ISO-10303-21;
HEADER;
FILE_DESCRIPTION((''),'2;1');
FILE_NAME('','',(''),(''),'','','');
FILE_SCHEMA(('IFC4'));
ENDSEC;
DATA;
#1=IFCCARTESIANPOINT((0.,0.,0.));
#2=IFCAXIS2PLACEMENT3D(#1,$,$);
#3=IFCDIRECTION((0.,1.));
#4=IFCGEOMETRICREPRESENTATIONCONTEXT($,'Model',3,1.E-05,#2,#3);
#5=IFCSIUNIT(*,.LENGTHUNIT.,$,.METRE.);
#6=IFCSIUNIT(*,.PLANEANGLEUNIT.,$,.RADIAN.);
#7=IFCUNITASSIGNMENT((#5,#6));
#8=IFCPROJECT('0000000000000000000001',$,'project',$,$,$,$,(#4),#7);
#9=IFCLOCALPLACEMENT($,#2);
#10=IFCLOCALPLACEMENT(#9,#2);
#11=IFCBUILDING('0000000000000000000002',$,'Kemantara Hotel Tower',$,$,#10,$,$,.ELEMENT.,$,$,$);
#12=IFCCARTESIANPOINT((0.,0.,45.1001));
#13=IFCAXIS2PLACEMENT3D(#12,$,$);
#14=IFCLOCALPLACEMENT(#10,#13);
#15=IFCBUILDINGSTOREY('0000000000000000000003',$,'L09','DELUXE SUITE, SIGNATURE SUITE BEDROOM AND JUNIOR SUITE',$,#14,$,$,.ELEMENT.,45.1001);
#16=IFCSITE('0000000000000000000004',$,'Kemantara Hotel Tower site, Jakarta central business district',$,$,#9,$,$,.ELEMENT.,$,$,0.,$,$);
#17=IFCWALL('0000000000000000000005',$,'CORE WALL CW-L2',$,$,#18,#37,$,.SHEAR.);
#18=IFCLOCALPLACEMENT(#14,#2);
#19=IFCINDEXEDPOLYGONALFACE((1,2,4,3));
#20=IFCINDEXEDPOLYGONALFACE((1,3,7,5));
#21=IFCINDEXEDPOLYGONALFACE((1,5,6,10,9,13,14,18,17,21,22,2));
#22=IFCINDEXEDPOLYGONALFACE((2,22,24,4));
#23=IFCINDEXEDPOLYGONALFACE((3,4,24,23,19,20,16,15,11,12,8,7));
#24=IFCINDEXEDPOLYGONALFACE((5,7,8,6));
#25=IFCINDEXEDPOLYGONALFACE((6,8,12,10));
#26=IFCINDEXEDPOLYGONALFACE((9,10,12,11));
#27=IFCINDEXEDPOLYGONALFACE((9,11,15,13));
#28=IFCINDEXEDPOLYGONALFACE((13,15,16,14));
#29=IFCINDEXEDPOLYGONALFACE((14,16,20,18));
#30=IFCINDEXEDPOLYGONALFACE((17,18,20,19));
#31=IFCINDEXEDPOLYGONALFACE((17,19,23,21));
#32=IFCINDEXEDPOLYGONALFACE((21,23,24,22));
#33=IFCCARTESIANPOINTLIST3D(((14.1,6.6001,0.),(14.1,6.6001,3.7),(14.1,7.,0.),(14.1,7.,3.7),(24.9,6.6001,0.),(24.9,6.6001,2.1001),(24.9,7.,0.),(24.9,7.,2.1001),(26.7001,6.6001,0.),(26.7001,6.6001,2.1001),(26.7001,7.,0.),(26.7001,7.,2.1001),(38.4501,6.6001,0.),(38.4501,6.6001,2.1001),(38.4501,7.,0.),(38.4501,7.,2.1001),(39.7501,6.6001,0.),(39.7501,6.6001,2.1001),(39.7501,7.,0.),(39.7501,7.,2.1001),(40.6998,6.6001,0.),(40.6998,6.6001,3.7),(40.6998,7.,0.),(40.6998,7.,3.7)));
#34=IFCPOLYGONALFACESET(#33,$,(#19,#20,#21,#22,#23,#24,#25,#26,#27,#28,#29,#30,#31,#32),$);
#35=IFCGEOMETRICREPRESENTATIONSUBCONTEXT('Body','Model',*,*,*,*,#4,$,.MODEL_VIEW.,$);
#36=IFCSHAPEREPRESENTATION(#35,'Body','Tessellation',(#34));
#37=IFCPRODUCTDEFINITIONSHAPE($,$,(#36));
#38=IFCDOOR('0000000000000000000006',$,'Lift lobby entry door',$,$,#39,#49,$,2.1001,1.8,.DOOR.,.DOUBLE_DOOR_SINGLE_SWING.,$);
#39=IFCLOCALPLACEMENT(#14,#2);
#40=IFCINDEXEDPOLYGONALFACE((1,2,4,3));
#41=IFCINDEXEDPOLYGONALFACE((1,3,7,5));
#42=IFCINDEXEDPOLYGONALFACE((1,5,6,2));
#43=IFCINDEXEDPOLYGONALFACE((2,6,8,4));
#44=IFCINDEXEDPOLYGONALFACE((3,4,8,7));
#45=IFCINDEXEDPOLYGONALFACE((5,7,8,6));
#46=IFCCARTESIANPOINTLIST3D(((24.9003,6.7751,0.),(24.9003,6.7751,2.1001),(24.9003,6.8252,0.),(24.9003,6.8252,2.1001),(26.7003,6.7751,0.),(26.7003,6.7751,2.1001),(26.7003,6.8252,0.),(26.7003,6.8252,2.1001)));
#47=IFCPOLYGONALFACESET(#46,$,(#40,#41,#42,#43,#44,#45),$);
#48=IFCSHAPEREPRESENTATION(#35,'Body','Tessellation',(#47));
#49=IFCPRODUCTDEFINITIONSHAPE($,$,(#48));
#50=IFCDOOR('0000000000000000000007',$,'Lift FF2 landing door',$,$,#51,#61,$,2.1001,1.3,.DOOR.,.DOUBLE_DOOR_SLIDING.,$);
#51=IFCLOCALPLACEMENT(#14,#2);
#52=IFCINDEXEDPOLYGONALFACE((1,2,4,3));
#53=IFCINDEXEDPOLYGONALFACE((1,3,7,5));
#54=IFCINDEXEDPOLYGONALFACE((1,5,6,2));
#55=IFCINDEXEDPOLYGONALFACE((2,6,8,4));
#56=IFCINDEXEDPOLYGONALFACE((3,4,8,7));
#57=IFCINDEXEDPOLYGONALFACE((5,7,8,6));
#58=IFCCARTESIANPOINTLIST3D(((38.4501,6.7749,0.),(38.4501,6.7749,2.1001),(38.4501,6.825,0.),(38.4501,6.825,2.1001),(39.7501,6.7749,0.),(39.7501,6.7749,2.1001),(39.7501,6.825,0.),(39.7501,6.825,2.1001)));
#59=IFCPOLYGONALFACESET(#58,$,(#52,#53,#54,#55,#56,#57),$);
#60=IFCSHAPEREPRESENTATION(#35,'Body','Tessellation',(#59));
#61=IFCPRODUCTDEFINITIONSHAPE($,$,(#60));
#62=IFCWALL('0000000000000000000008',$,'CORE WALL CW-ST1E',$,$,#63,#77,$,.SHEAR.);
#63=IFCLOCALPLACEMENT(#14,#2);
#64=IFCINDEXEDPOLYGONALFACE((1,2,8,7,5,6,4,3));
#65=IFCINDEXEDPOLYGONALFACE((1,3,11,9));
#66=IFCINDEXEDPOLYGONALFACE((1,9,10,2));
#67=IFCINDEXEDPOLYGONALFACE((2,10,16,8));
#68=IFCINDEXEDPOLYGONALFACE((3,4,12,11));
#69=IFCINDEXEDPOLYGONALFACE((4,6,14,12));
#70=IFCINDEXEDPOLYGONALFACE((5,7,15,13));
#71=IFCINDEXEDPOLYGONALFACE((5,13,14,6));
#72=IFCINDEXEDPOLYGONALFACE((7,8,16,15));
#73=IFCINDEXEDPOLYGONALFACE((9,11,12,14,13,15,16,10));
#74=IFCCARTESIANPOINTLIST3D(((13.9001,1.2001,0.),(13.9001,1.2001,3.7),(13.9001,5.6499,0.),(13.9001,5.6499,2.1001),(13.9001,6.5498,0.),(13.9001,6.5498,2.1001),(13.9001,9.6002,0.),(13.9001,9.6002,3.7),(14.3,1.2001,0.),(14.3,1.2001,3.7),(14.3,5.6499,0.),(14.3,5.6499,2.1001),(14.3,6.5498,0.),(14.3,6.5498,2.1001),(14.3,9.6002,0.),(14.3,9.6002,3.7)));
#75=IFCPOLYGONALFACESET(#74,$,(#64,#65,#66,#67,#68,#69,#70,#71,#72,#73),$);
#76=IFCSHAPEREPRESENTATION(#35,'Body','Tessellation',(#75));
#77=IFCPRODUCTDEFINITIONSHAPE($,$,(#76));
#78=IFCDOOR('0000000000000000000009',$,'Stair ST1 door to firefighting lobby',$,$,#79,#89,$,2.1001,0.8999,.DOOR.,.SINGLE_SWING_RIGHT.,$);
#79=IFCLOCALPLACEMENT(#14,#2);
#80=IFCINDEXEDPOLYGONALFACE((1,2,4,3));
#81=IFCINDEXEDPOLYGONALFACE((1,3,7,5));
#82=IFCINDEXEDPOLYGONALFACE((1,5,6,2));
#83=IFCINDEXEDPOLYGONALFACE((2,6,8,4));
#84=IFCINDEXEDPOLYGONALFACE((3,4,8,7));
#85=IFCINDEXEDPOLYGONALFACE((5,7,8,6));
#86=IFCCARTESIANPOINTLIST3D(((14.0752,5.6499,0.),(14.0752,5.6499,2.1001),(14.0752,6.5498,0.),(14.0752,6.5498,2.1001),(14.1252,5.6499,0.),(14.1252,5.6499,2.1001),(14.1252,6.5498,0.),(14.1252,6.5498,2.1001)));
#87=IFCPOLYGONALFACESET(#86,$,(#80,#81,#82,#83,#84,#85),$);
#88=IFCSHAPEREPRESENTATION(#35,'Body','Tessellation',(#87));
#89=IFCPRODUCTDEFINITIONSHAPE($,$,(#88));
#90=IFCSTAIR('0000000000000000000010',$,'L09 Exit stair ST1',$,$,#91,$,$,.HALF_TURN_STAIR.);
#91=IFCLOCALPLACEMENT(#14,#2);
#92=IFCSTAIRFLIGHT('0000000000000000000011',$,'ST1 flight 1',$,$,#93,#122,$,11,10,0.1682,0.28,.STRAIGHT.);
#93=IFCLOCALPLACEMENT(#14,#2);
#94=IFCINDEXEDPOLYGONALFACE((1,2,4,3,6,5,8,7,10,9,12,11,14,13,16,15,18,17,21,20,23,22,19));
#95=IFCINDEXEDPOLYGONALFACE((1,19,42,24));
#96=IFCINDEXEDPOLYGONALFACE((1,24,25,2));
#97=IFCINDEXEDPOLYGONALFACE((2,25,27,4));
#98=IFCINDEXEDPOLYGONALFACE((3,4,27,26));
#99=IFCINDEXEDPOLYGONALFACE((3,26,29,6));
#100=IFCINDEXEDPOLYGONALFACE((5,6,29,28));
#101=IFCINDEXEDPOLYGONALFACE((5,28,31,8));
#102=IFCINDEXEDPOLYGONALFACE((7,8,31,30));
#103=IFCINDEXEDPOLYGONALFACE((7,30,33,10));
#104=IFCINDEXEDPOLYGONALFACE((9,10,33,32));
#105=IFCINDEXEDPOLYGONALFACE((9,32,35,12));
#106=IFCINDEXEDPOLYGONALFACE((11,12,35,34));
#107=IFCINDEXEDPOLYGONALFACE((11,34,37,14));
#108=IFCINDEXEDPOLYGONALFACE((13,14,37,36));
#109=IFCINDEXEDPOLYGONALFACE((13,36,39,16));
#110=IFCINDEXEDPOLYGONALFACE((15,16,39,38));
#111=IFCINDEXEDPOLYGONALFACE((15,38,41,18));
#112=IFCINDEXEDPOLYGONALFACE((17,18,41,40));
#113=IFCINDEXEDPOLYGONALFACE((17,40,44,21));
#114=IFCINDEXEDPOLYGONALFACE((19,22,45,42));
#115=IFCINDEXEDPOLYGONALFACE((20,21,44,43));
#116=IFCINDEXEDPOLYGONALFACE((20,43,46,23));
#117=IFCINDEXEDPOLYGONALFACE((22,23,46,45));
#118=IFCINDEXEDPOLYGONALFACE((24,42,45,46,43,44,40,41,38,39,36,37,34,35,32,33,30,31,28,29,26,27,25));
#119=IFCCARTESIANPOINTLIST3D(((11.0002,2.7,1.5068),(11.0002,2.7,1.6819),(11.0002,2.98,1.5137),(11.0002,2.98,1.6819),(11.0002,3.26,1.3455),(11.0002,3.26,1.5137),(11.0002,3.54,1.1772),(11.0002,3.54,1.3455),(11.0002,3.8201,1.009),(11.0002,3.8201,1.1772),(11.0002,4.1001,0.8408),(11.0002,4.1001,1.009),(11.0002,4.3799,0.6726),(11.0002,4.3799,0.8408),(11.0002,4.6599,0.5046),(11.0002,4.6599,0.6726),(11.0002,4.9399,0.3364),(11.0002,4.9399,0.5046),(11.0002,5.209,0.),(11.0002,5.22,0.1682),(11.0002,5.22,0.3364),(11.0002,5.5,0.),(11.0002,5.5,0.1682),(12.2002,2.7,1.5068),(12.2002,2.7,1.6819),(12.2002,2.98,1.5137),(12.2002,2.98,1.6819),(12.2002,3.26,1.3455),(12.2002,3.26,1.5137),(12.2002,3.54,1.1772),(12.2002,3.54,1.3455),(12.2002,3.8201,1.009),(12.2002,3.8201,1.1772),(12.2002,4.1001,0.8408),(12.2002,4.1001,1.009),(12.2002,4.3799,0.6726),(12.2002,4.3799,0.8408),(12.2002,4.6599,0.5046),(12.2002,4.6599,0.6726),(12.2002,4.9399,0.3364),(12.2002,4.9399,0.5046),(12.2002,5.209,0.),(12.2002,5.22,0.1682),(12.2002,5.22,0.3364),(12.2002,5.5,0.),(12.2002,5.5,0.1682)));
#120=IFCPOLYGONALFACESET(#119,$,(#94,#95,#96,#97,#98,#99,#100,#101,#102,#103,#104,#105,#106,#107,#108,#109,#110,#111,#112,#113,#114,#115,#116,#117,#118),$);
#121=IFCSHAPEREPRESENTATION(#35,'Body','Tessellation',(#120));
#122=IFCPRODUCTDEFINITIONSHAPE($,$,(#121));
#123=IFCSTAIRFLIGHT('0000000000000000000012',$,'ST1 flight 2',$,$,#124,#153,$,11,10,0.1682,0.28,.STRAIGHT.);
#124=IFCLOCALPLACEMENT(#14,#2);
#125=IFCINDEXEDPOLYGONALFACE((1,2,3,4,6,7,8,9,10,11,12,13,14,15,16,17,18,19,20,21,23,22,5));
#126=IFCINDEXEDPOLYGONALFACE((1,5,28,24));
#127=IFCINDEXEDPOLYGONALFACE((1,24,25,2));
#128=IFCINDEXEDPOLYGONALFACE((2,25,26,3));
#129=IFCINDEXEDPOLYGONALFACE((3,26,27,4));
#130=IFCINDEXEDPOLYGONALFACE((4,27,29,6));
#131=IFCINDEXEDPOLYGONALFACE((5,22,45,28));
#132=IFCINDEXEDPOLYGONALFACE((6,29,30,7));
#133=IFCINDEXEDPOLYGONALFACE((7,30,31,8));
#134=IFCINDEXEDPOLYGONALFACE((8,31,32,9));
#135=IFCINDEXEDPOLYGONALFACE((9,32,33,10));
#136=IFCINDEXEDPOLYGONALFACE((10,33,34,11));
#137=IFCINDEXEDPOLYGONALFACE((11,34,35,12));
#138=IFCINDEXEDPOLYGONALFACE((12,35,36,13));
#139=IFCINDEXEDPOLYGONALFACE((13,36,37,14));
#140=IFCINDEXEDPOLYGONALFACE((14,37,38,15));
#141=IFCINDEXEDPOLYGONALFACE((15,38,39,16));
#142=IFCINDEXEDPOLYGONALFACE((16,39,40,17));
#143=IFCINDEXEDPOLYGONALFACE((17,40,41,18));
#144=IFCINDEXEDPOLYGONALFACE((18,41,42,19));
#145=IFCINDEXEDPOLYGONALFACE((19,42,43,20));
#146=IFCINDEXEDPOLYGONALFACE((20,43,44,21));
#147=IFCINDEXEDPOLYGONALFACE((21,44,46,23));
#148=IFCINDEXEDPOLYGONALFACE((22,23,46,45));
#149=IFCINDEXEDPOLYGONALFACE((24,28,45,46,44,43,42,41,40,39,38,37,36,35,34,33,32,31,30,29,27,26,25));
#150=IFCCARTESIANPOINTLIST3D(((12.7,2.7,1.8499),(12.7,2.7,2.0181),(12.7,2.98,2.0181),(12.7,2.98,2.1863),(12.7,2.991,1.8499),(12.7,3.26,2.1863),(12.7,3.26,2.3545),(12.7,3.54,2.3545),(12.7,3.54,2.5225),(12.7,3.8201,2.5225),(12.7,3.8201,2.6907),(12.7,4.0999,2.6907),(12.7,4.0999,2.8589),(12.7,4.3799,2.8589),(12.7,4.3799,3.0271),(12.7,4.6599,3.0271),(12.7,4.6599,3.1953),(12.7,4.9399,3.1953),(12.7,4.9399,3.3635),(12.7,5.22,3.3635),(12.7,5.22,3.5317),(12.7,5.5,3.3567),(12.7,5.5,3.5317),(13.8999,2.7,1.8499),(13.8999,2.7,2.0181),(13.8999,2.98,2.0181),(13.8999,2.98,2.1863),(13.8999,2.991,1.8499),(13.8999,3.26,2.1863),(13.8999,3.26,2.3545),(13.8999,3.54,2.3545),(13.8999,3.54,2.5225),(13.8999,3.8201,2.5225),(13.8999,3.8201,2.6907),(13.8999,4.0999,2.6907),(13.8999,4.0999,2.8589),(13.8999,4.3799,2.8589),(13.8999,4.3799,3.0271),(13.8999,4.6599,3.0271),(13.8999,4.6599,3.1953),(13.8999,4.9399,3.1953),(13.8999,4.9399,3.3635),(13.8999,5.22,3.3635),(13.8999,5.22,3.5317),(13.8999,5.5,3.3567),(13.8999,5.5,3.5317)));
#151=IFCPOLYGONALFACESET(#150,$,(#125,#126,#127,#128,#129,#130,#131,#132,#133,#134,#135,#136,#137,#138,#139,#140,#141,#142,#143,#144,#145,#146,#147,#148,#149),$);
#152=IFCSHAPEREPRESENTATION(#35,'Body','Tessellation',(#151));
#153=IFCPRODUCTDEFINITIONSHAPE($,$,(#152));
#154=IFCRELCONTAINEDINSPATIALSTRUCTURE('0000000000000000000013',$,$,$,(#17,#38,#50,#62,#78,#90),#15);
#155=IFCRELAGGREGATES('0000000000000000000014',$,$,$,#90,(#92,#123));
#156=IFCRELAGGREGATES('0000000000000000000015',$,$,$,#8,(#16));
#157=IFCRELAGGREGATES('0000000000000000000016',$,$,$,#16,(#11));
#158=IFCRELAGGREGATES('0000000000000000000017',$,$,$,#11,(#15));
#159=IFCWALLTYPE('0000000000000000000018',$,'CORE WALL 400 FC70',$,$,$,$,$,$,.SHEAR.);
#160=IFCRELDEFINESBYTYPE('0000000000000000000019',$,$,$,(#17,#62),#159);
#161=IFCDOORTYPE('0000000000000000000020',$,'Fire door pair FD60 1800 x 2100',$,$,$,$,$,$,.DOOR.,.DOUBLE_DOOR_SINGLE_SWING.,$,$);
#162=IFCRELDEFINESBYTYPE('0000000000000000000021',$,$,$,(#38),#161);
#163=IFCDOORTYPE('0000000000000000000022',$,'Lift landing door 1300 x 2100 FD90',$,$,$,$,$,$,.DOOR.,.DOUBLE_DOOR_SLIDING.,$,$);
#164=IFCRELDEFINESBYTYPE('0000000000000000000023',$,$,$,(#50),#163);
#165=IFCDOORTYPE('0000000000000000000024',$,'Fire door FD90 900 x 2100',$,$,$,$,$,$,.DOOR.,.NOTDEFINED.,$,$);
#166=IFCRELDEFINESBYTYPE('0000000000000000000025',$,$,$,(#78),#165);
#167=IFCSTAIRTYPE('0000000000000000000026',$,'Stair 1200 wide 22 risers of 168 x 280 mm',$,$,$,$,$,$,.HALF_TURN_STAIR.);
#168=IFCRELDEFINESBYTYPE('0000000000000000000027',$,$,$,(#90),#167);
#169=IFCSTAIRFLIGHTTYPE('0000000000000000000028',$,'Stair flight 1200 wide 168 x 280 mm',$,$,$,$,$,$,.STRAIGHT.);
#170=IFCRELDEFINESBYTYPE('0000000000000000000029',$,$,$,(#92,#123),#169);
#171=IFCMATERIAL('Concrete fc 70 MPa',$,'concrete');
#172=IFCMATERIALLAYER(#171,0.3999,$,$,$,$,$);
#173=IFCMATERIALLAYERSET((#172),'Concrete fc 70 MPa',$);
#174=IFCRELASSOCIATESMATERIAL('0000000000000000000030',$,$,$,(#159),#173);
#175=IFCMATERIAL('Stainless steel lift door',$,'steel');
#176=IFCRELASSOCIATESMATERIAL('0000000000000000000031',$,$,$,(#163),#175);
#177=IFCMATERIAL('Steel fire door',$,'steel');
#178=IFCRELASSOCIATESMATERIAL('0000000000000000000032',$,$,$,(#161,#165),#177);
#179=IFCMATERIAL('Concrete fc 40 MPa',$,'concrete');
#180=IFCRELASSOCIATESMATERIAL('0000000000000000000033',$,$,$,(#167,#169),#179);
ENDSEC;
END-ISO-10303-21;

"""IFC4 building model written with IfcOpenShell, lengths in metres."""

from ifc_helpers import new_model, si_unit, direction, frame, frame_2d, origin, place, context, subcontext, project, spatial, polyline, rectangle, outline, extrude, material, layer, layer_set, type_object, element, fill, aggregate, save


model = new_model("IFC4")

# Units and contexts
model_context = context("Model", 3, precision=1e-05, world=origin(), true_north=direction((0.0, 1.0)))
body_context = subcontext(model_context, "Body", "Model", "MODEL_VIEW")
ifc_project = project(units=[si_unit("LENGTHUNIT", "METRE"), si_unit("PLANEANGLEUNIT", "RADIAN")], contexts=[model_context])

# Site, building, storey
site_placement = place(None, origin())
site = spatial("IfcSite", under=ifc_project, at=site_placement, Name="Kemantara Hotel Tower site, Jakarta central business district", CompositionType="ELEMENT", RefElevation=0.0)
building_placement = place(site_placement, origin())
building = spatial("IfcBuilding", under=site, at=building_placement, Name="Kemantara Hotel Tower", CompositionType="ELEMENT")
storey_placement = place(building_placement, frame((0.0, 0.0, 45.1001)))
storey = spatial("IfcBuildingStorey", under=building, at=storey_placement, Name="L09", Description="DELUXE SUITE, SIGNATURE SUITE BEDROOM AND JUNIOR SUITE", CompositionType="ELEMENT", Elevation=45.1001)

# Shared definitions
ifc_material_1 = material(Name="Concrete fc 70 MPa", Category="concrete")

# Shared definitions
ifc_layer_1 = layer(ifc_material_1, 0.3999)
ifc_layer_set_1 = layer_set([ifc_layer_1], Name="Concrete fc 70 MPa")
wall_type_1 = type_object("IfcWallType", Name="CORE WALL 400 FC70", PredefinedType="SHEAR", material=ifc_layer_set_1)
ifc_material_2 = material(Name="Steel fire door", Category="steel")

# Wall, openings, doors
ifc_material_3 = material(Name="Stainless steel lift door", Category="steel")
door_type_1 = type_object("IfcDoorType", Name="Lift landing door 1300 x 2100 FD90", OperationType="DOUBLE_DOOR_SLIDING", PredefinedType="DOOR", material=ifc_material_3)
wall_1_placement = place(storey_placement, frame((14.1001, 6.8, 0.0), z_axis=(0.0, 0.0, 1.0), x_axis=(1.0, 0.0, 0.0)))
wall_1 = element("IfcWall", 1, at=wall_1_placement, inside=storey, type_object=wall_type_1, Name="CORE WALL CW-L2", PredefinedType="SHEAR", context=body_context, shape_type="SweptSolid", body=[
    extrude(rectangle(XDim=26.5999, YDim=0.3999, at=frame_2d((13.2998, 0.0))), origin(), (0.0, 0.0, 1.0), 3.7),
])
opening_1_placement = place(wall_1_placement, frame((10.8, 0.0, 0.0)))
opening_1 = element("IfcOpeningElement", 2, at=opening_1_placement, cuts=wall_1, PredefinedType="OPENING", context=body_context, shape_type="SweptSolid", body=[
    extrude(rectangle(XDim=1.8, YDim=2.1001, at=frame_2d((0.8999, 1.05))), frame((0.0, 0.21, 0.0), z_axis=(0.0, -1.0, 0.0), x_axis=(1.0, 0.0, 0.0)), (0.0, 0.0, 1.0), 0.4199),
])
opening_2_placement = place(wall_1_placement, frame((24.3501, 0.0, 0.0)))
opening_2 = element("IfcOpeningElement", 3, at=opening_2_placement, cuts=wall_1, PredefinedType="OPENING", context=body_context, shape_type="SweptSolid", body=[
    extrude(rectangle(XDim=1.3, YDim=2.1001, at=frame_2d((0.6499, 1.05))), frame((0.0, 0.21, 0.0), z_axis=(0.0, -1.0, 0.0), x_axis=(1.0, 0.0, 0.0)), (0.0, 0.0, 1.0), 0.4199),
])
door_type_2 = type_object("IfcDoorType", Name="Fire door pair FD60 1800 x 2100", OperationType="DOUBLE_DOOR_SINGLE_SWING", PredefinedType="DOOR", material=ifc_material_2)
door_1_placement = place(opening_1_placement, frame((1.8, 0.0, 0.0), z_axis=(0.0, 0.0, 1.0), x_axis=(-1.0, 0.0, 0.0)))
door_1 = element("IfcDoor", 4, at=door_1_placement, inside=storey, type_object=door_type_2, Name="Lift lobby entry door", OperationType="DOUBLE_DOOR_SINGLE_SWING", OverallHeight=2.1001, OverallWidth=1.8, PredefinedType="DOOR", context=body_context, shape_type="SweptSolid", body=[
    extrude(rectangle(XDim=1.8, YDim=2.1001, at=frame_2d((0.8999, 1.05))), frame((0.0, 0.0249, 0.0), z_axis=(0.0, -1.0, 0.0), x_axis=(1.0, 0.0, 0.0)), (0.0, 0.0, 1.0), 0.05),
])
fill(opening_1, door_1)
door_2_placement = place(opening_2_placement, origin())
door_2 = element("IfcDoor", 5, at=door_2_placement, inside=storey, type_object=door_type_1, Name="Lift FF2 landing door", OperationType="DOUBLE_DOOR_SLIDING", OverallHeight=2.1001, OverallWidth=1.3, PredefinedType="DOOR", context=body_context, shape_type="SweptSolid", body=[
    extrude(rectangle(XDim=1.3, YDim=2.1001, at=frame_2d((0.6499, 1.05))), frame((0.0, 0.0249, 0.0), z_axis=(0.0, -1.0, 0.0), x_axis=(1.0, 0.0, 0.0)), (0.0, 0.0, 1.0), 0.05),
])
fill(opening_2, door_2)

# Wall, opening, door
wall_2_placement = place(storey_placement, frame((14.1001, 1.2, 0.0), z_axis=(0.0, 0.0, 1.0), x_axis=(0.0, 1.0, 0.0)))
wall_2 = element("IfcWall", 6, at=wall_2_placement, inside=storey, type_object=wall_type_1, Name="CORE WALL CW-ST1E", PredefinedType="SHEAR", context=body_context, shape_type="SweptSolid", body=[
    extrude(rectangle(XDim=8.4001, YDim=0.3999, at=frame_2d((4.2002, 0.0))), origin(), (0.0, 0.0, 1.0), 3.7),
])
opening_3_placement = place(wall_2_placement, frame((4.45, 0.0, 0.0)))
opening_3 = element("IfcOpeningElement", 7, at=opening_3_placement, cuts=wall_2, PredefinedType="OPENING", context=body_context, shape_type="SweptSolid", body=[
    extrude(rectangle(XDim=0.8999, YDim=2.1001, at=frame_2d((0.45, 1.05))), frame((0.0, 0.21, 0.0), z_axis=(0.0, -1.0, 0.0), x_axis=(1.0, 0.0, 0.0)), (0.0, 0.0, 1.0), 0.4199),
])
door_type_3 = type_object("IfcDoorType", Name="Fire door FD90 900 x 2100", OperationType="NOTDEFINED", PredefinedType="DOOR", material=ifc_material_2)
door_3_placement = place(opening_3_placement, origin())
door_3 = element("IfcDoor", 8, at=door_3_placement, inside=storey, type_object=door_type_3, Name="Stair ST1 door to firefighting lobby", OperationType="SINGLE_SWING_RIGHT", OverallHeight=2.1001, OverallWidth=0.8999, PredefinedType="DOOR", context=body_context, shape_type="SweptSolid", body=[
    extrude(rectangle(XDim=0.8999, YDim=2.1001, at=frame_2d((0.45, 1.05))), frame((0.0, 0.0249, 0.0), z_axis=(0.0, -1.0, 0.0), x_axis=(1.0, 0.0, 0.0)), (0.0, 0.0, 1.0), 0.05),
])
fill(opening_3, door_3)

# Stair, stair flights
ifc_material_4 = material(Name="Concrete fc 40 MPa", Category="concrete")
stair_type = type_object("IfcStairType", Name="Stair 1200 wide 22 risers of 168 x 280 mm", PredefinedType="HALF_TURN_STAIR", material=ifc_material_4)
stair_placement = place(storey_placement, origin())
stair = element("IfcStair", 9, at=stair_placement, inside=storey, type_object=stair_type, Name="L09 Exit stair ST1", PredefinedType="HALF_TURN_STAIR")
stair_flight_type = type_object("IfcStairFlightType", Name="Stair flight 1200 wide 168 x 280 mm", PredefinedType="STRAIGHT", material=ifc_material_4)
stair_flight_1_placement = place(storey_placement, frame((11.6001, 5.5, 0.0), z_axis=(0.0, 0.0, 1.0), x_axis=(0.0, -1.0, 0.0)))
stair_flight_1 = element("IfcStairFlight", 10, at=stair_flight_1_placement, type_object=stair_flight_type, Name="ST1 flight 1", NumberOfRisers=11, NumberOfTreads=10, PredefinedType="STRAIGHT", RiserHeight=0.1682, TreadLength=0.28, context=body_context, shape_type="SweptSolid", body=[
    extrude(outline(polyline([(0.0, 0.0), (0.0, 0.1682), (0.28, 0.1682), (0.28, 0.3364), (0.5601, 0.3364), (0.5601, 0.5046), (0.8401, 0.5046), (0.8401, 0.6726), (1.1201, 0.6726), (1.1201, 0.8408), (1.3999, 0.8408), (1.3999, 1.009), (1.6799, 1.009), (1.6799, 1.1772), (1.96, 1.1772), (1.96, 1.3455), (2.24, 1.3455), (2.24, 1.5137), (2.52, 1.5137), (2.52, 1.6819), (2.8, 1.6819), (2.8, 1.8501), (2.8, 1.5068), (0.291, 0.0), (0.0, 0.0)])), frame((0.0, 0.6001, 0.0), z_axis=(0.0, -1.0, 0.0), x_axis=(1.0, 0.0, 0.0)), (0.0, 0.0, 1.0), 1.2),
])
stair_flight_2_placement = place(storey_placement, frame((13.3, 2.7, 1.8499), z_axis=(0.0, 0.0, 1.0), x_axis=(0.0, 1.0, 0.0)))
stair_flight_2 = element("IfcStairFlight", 11, at=stair_flight_2_placement, type_object=stair_flight_type, Name="ST1 flight 2", NumberOfRisers=11, NumberOfTreads=10, PredefinedType="STRAIGHT", RiserHeight=0.1682, TreadLength=0.28, context=body_context, shape_type="SweptSolid", body=[
    extrude(outline(polyline([(0.0, 0.0), (0.0, 0.1682), (0.28, 0.1682), (0.28, 0.3364), (0.5601, 0.3364), (0.5601, 0.5046), (0.8401, 0.5046), (0.8401, 0.6726), (1.1201, 0.6726), (1.1201, 0.8408), (1.3999, 0.8408), (1.3999, 1.009), (1.6799, 1.009), (1.6799, 1.1772), (1.96, 1.1772), (1.96, 1.3455), (2.24, 1.3455), (2.24, 1.5137), (2.52, 1.5137), (2.52, 1.6819), (2.8, 1.6819), (2.8, 1.8501), (2.8, 1.5068), (0.291, 0.0), (0.0, 0.0)])), frame((0.0, 0.6001, 0.0), z_axis=(0.0, -1.0, 0.0), x_axis=(1.0, 0.0, 0.0)), (0.0, 0.0, 1.0), 1.2),
])
aggregate(stair, [stair_flight_1, stair_flight_2])

save(model, "model.ifc")
